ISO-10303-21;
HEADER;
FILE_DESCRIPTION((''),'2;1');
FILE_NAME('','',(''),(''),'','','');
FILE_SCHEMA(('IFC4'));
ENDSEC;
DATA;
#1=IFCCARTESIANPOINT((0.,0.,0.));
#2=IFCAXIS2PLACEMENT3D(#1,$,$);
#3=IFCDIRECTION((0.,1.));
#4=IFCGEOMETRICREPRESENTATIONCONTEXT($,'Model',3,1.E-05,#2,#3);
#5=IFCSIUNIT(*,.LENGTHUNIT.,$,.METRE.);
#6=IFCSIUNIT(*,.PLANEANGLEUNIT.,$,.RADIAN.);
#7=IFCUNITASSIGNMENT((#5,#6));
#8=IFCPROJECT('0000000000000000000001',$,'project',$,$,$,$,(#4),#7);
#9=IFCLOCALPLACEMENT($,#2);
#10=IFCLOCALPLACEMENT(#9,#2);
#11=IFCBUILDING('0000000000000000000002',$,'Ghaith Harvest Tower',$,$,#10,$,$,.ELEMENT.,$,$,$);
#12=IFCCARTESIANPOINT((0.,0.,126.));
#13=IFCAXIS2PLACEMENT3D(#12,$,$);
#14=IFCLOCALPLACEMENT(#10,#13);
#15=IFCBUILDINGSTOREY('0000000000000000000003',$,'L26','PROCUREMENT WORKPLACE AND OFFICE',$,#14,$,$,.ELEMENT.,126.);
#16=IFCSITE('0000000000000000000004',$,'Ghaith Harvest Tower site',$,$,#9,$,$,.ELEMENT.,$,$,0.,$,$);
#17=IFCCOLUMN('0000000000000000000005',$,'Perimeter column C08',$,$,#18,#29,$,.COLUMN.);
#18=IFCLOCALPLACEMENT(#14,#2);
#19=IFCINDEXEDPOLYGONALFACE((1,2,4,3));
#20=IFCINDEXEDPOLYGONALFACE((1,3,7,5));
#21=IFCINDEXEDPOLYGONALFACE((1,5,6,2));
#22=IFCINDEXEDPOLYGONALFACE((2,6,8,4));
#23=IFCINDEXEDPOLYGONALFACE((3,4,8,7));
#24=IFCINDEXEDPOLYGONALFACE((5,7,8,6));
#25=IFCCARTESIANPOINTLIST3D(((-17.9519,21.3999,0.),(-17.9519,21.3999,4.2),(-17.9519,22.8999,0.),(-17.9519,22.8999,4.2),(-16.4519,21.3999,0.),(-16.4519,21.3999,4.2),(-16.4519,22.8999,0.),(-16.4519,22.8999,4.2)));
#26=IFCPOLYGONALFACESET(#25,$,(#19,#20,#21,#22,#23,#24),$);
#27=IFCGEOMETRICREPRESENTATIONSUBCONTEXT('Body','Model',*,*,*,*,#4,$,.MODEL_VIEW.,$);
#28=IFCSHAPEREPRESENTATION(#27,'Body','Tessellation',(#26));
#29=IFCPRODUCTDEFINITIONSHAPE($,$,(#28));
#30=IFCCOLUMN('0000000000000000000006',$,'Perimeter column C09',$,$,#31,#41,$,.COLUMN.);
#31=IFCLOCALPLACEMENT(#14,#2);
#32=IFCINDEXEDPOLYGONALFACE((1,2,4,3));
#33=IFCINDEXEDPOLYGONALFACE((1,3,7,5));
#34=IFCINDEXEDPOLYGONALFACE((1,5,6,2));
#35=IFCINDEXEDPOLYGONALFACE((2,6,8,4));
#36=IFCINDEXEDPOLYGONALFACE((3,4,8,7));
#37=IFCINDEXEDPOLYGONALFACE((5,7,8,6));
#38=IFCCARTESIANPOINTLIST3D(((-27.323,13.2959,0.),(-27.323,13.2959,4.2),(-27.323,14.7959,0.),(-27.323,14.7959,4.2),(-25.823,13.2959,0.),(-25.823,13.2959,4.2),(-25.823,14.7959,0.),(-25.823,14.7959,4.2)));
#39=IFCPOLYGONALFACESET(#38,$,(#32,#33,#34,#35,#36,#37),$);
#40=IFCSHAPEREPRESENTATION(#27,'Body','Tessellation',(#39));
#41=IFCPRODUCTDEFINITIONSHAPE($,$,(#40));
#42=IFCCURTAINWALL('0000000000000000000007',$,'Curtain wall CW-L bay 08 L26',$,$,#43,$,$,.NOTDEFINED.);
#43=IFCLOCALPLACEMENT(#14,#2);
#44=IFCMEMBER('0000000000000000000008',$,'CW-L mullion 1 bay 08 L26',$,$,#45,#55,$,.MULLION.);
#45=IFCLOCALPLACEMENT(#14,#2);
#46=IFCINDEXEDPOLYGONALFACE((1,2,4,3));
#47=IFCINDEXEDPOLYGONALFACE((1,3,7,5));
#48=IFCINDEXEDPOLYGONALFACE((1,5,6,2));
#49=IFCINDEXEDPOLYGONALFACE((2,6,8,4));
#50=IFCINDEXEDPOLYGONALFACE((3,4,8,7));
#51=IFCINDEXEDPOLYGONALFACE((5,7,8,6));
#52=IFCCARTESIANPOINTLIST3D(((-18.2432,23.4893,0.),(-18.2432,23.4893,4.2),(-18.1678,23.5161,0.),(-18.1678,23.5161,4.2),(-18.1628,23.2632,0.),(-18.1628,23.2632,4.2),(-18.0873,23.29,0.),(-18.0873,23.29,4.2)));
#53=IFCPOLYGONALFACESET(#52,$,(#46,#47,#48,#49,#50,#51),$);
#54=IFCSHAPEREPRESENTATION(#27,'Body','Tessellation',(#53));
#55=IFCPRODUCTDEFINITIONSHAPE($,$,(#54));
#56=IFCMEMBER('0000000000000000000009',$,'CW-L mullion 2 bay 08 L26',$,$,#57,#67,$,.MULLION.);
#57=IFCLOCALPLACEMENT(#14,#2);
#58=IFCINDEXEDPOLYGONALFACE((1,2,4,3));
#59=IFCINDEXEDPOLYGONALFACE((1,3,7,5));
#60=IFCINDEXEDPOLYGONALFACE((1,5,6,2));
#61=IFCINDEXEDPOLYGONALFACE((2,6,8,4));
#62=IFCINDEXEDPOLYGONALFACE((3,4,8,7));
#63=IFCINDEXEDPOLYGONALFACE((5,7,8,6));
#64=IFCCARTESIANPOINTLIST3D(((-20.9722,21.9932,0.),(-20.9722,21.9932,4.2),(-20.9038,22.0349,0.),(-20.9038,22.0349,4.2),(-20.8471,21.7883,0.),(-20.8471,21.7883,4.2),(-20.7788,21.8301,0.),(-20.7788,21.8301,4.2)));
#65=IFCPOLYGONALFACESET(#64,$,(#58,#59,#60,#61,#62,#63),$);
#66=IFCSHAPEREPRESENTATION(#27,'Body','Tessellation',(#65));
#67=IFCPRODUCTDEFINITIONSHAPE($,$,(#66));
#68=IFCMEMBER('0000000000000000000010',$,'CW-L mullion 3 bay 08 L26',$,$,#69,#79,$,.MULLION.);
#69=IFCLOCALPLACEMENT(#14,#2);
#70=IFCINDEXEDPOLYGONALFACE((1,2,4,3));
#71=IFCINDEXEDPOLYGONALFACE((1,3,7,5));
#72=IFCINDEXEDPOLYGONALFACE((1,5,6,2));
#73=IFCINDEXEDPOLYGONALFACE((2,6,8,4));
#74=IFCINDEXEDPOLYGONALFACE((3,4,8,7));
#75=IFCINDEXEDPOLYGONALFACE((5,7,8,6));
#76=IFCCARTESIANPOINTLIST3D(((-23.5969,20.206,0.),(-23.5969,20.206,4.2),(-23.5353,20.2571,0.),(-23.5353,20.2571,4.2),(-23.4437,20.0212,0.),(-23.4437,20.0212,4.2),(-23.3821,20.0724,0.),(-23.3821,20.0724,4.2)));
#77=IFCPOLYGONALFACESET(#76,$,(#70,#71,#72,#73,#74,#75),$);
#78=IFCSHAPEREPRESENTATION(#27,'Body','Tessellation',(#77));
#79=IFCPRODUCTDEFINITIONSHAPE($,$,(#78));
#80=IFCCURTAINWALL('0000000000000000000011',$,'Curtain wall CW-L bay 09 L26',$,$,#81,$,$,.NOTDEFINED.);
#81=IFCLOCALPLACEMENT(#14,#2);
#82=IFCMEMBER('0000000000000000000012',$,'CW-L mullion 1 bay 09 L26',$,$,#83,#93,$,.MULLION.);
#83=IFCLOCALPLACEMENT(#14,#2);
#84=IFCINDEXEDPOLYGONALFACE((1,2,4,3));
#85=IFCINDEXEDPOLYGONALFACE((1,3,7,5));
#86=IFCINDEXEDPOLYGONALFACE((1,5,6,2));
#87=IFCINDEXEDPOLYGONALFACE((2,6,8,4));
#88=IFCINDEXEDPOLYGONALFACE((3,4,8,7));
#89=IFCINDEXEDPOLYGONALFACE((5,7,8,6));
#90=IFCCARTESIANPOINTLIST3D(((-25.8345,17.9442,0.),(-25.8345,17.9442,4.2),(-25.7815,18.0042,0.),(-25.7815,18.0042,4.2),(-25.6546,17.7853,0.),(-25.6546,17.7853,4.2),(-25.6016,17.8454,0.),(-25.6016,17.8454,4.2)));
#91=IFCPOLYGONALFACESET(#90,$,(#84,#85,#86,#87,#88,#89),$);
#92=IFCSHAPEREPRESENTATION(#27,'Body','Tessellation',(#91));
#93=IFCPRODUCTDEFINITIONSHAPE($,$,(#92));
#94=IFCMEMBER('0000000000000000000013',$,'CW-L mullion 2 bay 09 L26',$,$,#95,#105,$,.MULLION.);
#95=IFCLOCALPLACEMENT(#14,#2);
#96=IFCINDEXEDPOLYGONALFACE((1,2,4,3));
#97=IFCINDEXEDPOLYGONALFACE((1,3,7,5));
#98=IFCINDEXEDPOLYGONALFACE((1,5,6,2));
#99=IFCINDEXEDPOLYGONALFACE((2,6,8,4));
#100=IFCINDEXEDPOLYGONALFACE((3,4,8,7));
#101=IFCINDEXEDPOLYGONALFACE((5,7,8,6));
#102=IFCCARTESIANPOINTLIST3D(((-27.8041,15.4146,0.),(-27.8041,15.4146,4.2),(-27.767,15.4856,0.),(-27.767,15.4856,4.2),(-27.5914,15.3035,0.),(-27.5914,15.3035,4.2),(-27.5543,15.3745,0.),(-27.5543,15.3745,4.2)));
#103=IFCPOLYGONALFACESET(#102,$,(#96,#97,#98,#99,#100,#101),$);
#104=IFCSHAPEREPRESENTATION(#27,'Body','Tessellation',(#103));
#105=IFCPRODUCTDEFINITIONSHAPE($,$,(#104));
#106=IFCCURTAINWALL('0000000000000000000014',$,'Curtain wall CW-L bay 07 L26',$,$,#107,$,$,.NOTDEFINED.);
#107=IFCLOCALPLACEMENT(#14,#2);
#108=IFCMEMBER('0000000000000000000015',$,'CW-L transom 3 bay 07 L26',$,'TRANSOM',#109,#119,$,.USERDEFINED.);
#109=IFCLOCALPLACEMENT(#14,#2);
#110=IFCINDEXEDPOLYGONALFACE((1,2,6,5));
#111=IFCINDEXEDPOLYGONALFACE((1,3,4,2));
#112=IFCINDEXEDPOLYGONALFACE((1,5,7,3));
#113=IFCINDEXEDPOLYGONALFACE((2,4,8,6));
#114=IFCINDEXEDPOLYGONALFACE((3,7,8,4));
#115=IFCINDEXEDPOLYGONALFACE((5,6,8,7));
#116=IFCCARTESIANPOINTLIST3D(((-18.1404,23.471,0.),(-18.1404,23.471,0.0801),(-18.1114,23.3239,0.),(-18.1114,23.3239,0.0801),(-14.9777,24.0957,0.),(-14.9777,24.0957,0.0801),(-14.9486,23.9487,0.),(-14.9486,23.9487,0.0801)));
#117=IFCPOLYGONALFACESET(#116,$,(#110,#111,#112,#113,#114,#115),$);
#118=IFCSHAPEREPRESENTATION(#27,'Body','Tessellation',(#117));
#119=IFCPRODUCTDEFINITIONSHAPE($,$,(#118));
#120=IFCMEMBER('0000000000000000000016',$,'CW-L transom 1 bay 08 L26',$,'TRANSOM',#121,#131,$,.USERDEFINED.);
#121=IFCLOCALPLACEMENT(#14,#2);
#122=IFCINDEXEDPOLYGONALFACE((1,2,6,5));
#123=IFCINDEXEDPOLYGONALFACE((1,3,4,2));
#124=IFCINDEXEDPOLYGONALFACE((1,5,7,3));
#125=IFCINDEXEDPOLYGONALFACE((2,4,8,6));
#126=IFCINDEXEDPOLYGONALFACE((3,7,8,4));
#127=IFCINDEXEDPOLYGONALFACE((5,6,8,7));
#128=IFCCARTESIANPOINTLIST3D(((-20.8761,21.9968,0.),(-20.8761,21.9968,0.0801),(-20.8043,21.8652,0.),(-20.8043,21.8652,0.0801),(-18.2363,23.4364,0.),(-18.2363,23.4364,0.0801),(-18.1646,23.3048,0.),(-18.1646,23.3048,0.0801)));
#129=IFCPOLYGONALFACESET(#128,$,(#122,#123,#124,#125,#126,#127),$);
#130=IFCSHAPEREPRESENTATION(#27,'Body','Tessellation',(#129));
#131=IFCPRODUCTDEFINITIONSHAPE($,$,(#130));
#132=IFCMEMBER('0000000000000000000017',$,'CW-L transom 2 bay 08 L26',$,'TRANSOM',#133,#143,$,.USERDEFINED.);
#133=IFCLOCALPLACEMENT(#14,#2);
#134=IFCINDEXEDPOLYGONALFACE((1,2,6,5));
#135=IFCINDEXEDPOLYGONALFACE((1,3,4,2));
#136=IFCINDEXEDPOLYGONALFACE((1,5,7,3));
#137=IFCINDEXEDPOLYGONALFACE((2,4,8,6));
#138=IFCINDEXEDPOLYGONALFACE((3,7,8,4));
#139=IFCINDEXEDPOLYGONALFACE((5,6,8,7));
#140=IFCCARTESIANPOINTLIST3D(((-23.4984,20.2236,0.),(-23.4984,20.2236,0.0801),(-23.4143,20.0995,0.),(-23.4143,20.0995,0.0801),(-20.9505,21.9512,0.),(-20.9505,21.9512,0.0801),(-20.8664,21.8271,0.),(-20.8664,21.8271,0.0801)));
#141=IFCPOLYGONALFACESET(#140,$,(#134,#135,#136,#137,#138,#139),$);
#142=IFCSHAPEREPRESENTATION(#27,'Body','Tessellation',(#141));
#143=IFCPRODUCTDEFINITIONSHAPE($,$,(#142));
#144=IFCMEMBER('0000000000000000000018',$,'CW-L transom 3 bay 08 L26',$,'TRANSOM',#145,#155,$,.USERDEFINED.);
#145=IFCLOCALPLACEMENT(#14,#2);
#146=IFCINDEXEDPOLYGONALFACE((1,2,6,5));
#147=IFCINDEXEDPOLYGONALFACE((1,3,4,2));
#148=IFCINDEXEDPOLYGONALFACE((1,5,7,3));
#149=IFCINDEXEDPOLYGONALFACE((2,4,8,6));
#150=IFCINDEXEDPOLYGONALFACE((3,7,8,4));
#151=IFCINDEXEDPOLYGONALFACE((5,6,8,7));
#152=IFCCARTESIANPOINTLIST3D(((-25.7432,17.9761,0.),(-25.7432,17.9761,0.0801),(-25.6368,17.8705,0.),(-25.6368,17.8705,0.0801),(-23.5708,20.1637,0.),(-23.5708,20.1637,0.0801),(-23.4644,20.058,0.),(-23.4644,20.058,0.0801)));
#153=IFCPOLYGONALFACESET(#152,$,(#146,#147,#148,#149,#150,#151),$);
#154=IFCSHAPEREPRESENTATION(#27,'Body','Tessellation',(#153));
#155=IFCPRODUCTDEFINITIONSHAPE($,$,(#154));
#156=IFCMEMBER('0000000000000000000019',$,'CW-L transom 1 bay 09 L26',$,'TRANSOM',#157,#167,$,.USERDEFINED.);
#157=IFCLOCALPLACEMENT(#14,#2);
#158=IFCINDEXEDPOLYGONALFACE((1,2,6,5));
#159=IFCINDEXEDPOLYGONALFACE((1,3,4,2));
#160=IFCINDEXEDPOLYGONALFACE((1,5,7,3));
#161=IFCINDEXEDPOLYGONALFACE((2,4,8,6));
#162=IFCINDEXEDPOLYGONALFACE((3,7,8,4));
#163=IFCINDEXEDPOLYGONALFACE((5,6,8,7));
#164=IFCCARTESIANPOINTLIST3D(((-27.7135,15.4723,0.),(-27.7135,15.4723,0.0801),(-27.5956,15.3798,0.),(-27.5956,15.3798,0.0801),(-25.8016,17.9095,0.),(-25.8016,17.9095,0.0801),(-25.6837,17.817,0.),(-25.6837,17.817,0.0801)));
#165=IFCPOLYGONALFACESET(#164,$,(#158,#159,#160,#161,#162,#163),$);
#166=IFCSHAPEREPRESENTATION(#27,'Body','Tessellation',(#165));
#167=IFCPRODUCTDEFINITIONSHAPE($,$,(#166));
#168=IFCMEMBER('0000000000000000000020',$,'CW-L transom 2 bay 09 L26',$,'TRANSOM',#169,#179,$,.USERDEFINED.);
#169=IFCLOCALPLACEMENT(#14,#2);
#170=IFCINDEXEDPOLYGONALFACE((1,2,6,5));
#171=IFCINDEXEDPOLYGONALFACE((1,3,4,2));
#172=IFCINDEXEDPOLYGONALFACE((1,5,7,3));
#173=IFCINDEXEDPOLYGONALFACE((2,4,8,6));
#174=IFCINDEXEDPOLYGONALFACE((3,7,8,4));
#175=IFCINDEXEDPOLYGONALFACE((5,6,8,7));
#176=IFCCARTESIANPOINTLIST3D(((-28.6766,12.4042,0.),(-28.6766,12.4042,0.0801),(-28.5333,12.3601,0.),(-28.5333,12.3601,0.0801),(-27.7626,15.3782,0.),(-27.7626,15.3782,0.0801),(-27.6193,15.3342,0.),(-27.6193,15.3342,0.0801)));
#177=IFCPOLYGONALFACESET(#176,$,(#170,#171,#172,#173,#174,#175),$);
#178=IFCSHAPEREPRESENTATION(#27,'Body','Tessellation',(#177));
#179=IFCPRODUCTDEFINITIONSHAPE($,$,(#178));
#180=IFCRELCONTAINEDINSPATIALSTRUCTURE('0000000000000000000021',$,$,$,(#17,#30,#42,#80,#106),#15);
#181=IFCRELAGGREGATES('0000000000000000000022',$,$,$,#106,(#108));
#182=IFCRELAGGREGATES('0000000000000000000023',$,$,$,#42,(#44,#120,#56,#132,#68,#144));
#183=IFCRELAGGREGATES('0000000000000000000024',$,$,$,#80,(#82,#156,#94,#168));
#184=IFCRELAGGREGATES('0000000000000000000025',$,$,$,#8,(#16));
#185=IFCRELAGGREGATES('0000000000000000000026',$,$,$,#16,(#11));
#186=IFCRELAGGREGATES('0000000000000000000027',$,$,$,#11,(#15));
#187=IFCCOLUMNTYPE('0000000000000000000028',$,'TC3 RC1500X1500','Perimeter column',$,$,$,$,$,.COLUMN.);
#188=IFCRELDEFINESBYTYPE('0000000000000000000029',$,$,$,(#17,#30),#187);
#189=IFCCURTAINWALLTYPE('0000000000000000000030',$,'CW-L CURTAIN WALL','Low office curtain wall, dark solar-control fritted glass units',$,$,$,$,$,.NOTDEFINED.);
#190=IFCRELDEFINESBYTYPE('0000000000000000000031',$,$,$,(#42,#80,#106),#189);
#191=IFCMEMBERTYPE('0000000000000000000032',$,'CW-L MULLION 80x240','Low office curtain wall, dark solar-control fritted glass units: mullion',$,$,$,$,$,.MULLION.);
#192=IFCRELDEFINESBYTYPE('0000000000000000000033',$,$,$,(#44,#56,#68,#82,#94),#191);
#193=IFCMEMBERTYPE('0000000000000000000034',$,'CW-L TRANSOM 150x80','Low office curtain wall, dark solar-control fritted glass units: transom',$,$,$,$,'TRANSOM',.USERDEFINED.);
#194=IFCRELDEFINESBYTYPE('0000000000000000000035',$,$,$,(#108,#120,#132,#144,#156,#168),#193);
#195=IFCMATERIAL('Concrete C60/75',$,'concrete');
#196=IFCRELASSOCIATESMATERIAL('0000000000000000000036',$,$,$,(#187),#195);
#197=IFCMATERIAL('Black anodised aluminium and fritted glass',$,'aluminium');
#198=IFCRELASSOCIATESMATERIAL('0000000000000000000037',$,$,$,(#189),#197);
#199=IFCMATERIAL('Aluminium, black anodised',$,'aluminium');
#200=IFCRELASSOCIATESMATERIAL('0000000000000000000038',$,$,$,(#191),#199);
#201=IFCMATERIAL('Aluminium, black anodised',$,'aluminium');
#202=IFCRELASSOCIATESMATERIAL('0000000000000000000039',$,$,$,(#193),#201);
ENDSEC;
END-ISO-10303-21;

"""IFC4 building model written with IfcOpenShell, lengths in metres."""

from ifc_helpers import new_model, si_unit, direction, frame, origin, origin_2d, place, context, subcontext, project, spatial, rectangle, extrude, material, material_profile, profile_set, type_object, element, aggregate, save


model = new_model("IFC4")

# Units and contexts
model_context = context("Model", 3, precision=1e-05, world=origin(), true_north=direction((0.0, 1.0)))
body_context = subcontext(model_context, "Body", "Model", "MODEL_VIEW")
ifc_project = project(units=[si_unit("LENGTHUNIT", "METRE"), si_unit("PLANEANGLEUNIT", "RADIAN")], contexts=[model_context])

# Site, building, storey
site_placement = place(None, origin())
site = spatial("IfcSite", under=ifc_project, at=site_placement, Name="Ghaith Harvest Tower site", CompositionType="ELEMENT", RefElevation=0.0)
building_placement = place(site_placement, origin())
building = spatial("IfcBuilding", under=site, at=building_placement, Name="Ghaith Harvest Tower", CompositionType="ELEMENT")
storey_placement = place(building_placement, frame((0.0, 0.0, 126.0)))
storey = spatial("IfcBuildingStorey", under=building, at=storey_placement, Name="L26", Description="PROCUREMENT WORKPLACE AND OFFICE", CompositionType="ELEMENT", Elevation=126.0)

# Columns
ifc_material_1 = material(Name="Concrete C60/75", Category="concrete")
ifc_material_profile_1 = material_profile(ifc_material_1, rectangle(XDim=1.5, YDim=1.5, at=origin_2d()), Name="RC1500X1500")
ifc_profile_set_1 = profile_set([ifc_material_profile_1], Name="Concrete C60/75")
column_type = type_object("IfcColumnType", Name="TC3 RC1500X1500", Description="Perimeter column", PredefinedType="COLUMN", material=ifc_profile_set_1)
for number, where, z_axis, x_axis, name in (
    (1, (-17.2019, 22.1499, 0.0), (0.0, 0.0, 1.0), (1.0, 0.0, 0.0), "Perimeter column C08"),
    (2, (-26.573, 14.0459, 0.0), (0.0, 0.0, 1.0), (1.0, 0.0, 0.0), "Perimeter column C09"),
):
    element("IfcColumn", number, at=place(storey_placement, frame(where, z_axis=z_axis, x_axis=x_axis)), inside=storey, type_object=column_type, Name=name, PredefinedType="COLUMN", context=body_context, shape_type="SweptSolid", body=[
        extrude(rectangle(XDim=1.5, YDim=1.5, at=origin_2d()), origin(), (0.0, 0.0, 1.0), 4.2),
    ])

# Curtain walls, members
ifc_material_2 = material(Name="Black anodised aluminium and fritted glass", Category="aluminium")
curtain_wall_type = type_object("IfcCurtainWallType", Name="CW-L CURTAIN WALL", Description="Low office curtain wall, dark solar-control fritted glass units", PredefinedType="NOTDEFINED", material=ifc_material_2)
curtain_wall_1_placement = place(storey_placement, origin())
curtain_wall_1 = element("IfcCurtainWall", 3, at=curtain_wall_1_placement, inside=storey, type_object=curtain_wall_type, Name="Curtain wall CW-L bay 08 L26", PredefinedType="NOTDEFINED")
ifc_material_3 = material(Name="Aluminium, black anodised", Category="aluminium")
ifc_material_profile_2 = material_profile(ifc_material_3, rectangle(XDim=0.0801, YDim=0.24, at=origin_2d()), Name="CW-L MULLION 80x240")
ifc_profile_set_2 = profile_set([ifc_material_profile_2], Name="Aluminium, black anodised")
member_type_1 = type_object("IfcMemberType", Name="CW-L MULLION 80x240", Description="Low office curtain wall, dark solar-control fritted glass units: mullion", PredefinedType="MULLION", material=ifc_profile_set_2)
member_1_placement = place(storey_placement, frame((-18.1653, 23.3896, 0.0), z_axis=(0.0, 0.0, 1.0), x_axis=(-0.942104, -0.335322, 0.0)))
member_1 = element("IfcMember", 4, at=member_1_placement, type_object=member_type_1, Name="CW-L mullion 1 bay 08 L26", PredefinedType="MULLION", context=body_context, shape_type="SweptSolid", body=[
    extrude(rectangle(XDim=0.0801, YDim=0.24, at=origin_2d()), origin(), (0.0, 0.0, 1.0), 4.2),
])
member_2_placement = place(storey_placement, frame((-20.8755, 21.9116, 0.0), z_axis=(0.0, 0.0, 1.0), x_axis=(-0.853516, -0.521067, 0.0)))
member_2 = element("IfcMember", 5, at=member_2_placement, type_object=member_type_1, Name="CW-L mullion 2 bay 08 L26", PredefinedType="MULLION", context=body_context, shape_type="SweptSolid", body=[
    extrude(rectangle(XDim=0.0801, YDim=0.24, at=origin_2d()), origin(), (0.0, 0.0, 1.0), 4.2),
])
member_3_placement = place(storey_placement, frame((-23.4895, 20.1392, 0.0), z_axis=(0.0, 0.0, 1.0), x_axis=(-0.769683, -0.638427, 0.0)))
member_3 = element("IfcMember", 6, at=member_3_placement, type_object=member_type_1, Name="CW-L mullion 3 bay 08 L26", PredefinedType="MULLION", context=body_context, shape_type="SweptSolid", body=[
    extrude(rectangle(XDim=0.0801, YDim=0.24, at=origin_2d()), origin(), (0.0, 0.0, 1.0), 4.2),
])
curtain_wall_2_placement = place(storey_placement, origin())
curtain_wall_2 = element("IfcCurtainWall", 7, at=curtain_wall_2_placement, inside=storey, type_object=curtain_wall_type, Name="Curtain wall CW-L bay 09 L26", PredefinedType="NOTDEFINED")
member_4_placement = place(storey_placement, frame((-25.718, 17.8948, 0.0), z_axis=(0.0, 0.0, 1.0), x_axis=(-0.661904, -0.749589, 0.0)))
member_4 = element("IfcMember", 8, at=member_4_placement, type_object=member_type_1, Name="CW-L mullion 1 bay 09 L26", PredefinedType="MULLION", context=body_context, shape_type="SweptSolid", body=[
    extrude(rectangle(XDim=0.0801, YDim=0.24, at=origin_2d()), origin(), (0.0, 0.0, 1.0), 4.2),
])
member_5_placement = place(storey_placement, frame((-27.6792, 15.3945, 0.0), z_axis=(0.0, 0.0, 1.0), x_axis=(-0.46289, -0.886416, 0.0)))
member_5 = element("IfcMember", 9, at=member_5_placement, type_object=member_type_1, Name="CW-L mullion 2 bay 09 L26", PredefinedType="MULLION", context=body_context, shape_type="SweptSolid", body=[
    extrude(rectangle(XDim=0.0801, YDim=0.24, at=origin_2d()), origin(), (0.0, 0.0, 1.0), 4.2),
])

# Curtain wall, member
curtain_wall_3_placement = place(storey_placement, origin())
curtain_wall_3 = element("IfcCurtainWall", 10, at=curtain_wall_3_placement, inside=storey, type_object=curtain_wall_type, Name="Curtain wall CW-L bay 07 L26", PredefinedType="NOTDEFINED")
ifc_material_4 = material(Name="Aluminium, black anodised", Category="aluminium")
ifc_material_profile_3 = material_profile(ifc_material_4, rectangle(XDim=0.1499, YDim=0.0801, at=origin_2d()), Name="CW-L TRANSOM 150x80")
ifc_profile_set_3 = profile_set([ifc_material_profile_3], Name="Aluminium, black anodised")
member_type_2 = type_object("IfcMemberType", Name="CW-L TRANSOM 150x80", Description="Low office curtain wall, dark solar-control fritted glass units: transom", ElementType="TRANSOM", PredefinedType="USERDEFINED", material=ifc_profile_set_3)
member_6_placement = place(storey_placement, frame((-14.9631, 24.0222, 0.04), z_axis=(-0.981044, -0.193786, 0.0), x_axis=(0.193786, -0.981044, 0.0)))
member_6 = element("IfcMember", 11, at=member_6_placement, type_object=member_type_2, Name="CW-L transom 3 bay 07 L26", ObjectType="TRANSOM", PredefinedType="USERDEFINED", context=body_context, shape_type="SweptSolid", body=[
    extrude(rectangle(XDim=0.1499, YDim=0.0801, at=origin_2d()), origin(), (0.0, 0.0, 1.0), 3.2239),
])

# Members
member_7_placement = place(storey_placement, frame((-18.2004, 23.3706, 0.04), z_axis=(-0.87793, -0.47879, 0.0), x_axis=(0.47879, -0.87793, 0.0)))
member_7 = element("IfcMember", 12, at=member_7_placement, type_object=member_type_2, Name="CW-L transom 1 bay 08 L26", ObjectType="TRANSOM", PredefinedType="USERDEFINED", context=body_context, shape_type="SweptSolid", body=[
    extrude(rectangle(XDim=0.1499, YDim=0.0801, at=origin_2d()), origin(), (0.0, 0.0, 1.0), 3.0068),
])
member_8_placement = place(storey_placement, frame((-20.9084, 21.8892, 0.04), z_axis=(-0.827681, -0.561199, 0.0), x_axis=(0.561199, -0.827681, 0.0)))
member_8 = element("IfcMember", 13, at=member_8_placement, type_object=member_type_2, Name="CW-L transom 2 bay 08 L26", ObjectType="TRANSOM", PredefinedType="USERDEFINED", context=body_context, shape_type="SweptSolid", body=[
    extrude(rectangle(XDim=0.1499, YDim=0.0801, at=origin_2d()), origin(), (0.0, 0.0, 1.0), 3.0784),
])
member_9_placement = place(storey_placement, frame((-23.5176, 20.1108, 0.04), z_axis=(-0.704648, -0.709557, 0.0), x_axis=(0.709557, -0.704648, 0.0)))
member_9 = element("IfcMember", 14, at=member_9_placement, type_object=member_type_2, Name="CW-L transom 3 bay 08 L26", ObjectType="TRANSOM", PredefinedType="USERDEFINED", context=body_context, shape_type="SweptSolid", body=[
    extrude(rectangle(XDim=0.1499, YDim=0.0801, at=origin_2d()), origin(), (0.0, 0.0, 1.0), 3.083),
])
member_10_placement = place(storey_placement, frame((-25.7427, 17.8633, 0.04), z_axis=(-0.617198, -0.786808, 0.0), x_axis=(0.786808, -0.617198, 0.0)))
member_10 = element("IfcMember", 15, at=member_10_placement, type_object=member_type_2, Name="CW-L transom 1 bay 09 L26", ObjectType="TRANSOM", PredefinedType="USERDEFINED", context=body_context, shape_type="SweptSolid", body=[
    extrude(rectangle(XDim=0.1499, YDim=0.0801, at=origin_2d()), origin(), (0.0, 0.0, 1.0), 3.0977),
])
member_11_placement = place(storey_placement, frame((-27.6909, 15.3562, 0.04), z_axis=(-0.293777, -0.955874, 0.0), x_axis=(0.955874, -0.293777, 0.0)))
member_11 = element("IfcMember", 16, at=member_11_placement, type_object=member_type_2, Name="CW-L transom 2 bay 09 L26", ObjectType="TRANSOM", PredefinedType="USERDEFINED", context=body_context, shape_type="SweptSolid", body=[
    extrude(rectangle(XDim=0.1499, YDim=0.0801, at=origin_2d()), origin(), (0.0, 0.0, 1.0), 3.1113),
])

aggregate(curtain_wall_3, [member_6])
aggregate(curtain_wall_1, [member_1, member_7, member_2, member_8, member_3, member_9])
aggregate(curtain_wall_2, [member_4, member_10, member_5, member_11])

save(model, "model.ifc")
